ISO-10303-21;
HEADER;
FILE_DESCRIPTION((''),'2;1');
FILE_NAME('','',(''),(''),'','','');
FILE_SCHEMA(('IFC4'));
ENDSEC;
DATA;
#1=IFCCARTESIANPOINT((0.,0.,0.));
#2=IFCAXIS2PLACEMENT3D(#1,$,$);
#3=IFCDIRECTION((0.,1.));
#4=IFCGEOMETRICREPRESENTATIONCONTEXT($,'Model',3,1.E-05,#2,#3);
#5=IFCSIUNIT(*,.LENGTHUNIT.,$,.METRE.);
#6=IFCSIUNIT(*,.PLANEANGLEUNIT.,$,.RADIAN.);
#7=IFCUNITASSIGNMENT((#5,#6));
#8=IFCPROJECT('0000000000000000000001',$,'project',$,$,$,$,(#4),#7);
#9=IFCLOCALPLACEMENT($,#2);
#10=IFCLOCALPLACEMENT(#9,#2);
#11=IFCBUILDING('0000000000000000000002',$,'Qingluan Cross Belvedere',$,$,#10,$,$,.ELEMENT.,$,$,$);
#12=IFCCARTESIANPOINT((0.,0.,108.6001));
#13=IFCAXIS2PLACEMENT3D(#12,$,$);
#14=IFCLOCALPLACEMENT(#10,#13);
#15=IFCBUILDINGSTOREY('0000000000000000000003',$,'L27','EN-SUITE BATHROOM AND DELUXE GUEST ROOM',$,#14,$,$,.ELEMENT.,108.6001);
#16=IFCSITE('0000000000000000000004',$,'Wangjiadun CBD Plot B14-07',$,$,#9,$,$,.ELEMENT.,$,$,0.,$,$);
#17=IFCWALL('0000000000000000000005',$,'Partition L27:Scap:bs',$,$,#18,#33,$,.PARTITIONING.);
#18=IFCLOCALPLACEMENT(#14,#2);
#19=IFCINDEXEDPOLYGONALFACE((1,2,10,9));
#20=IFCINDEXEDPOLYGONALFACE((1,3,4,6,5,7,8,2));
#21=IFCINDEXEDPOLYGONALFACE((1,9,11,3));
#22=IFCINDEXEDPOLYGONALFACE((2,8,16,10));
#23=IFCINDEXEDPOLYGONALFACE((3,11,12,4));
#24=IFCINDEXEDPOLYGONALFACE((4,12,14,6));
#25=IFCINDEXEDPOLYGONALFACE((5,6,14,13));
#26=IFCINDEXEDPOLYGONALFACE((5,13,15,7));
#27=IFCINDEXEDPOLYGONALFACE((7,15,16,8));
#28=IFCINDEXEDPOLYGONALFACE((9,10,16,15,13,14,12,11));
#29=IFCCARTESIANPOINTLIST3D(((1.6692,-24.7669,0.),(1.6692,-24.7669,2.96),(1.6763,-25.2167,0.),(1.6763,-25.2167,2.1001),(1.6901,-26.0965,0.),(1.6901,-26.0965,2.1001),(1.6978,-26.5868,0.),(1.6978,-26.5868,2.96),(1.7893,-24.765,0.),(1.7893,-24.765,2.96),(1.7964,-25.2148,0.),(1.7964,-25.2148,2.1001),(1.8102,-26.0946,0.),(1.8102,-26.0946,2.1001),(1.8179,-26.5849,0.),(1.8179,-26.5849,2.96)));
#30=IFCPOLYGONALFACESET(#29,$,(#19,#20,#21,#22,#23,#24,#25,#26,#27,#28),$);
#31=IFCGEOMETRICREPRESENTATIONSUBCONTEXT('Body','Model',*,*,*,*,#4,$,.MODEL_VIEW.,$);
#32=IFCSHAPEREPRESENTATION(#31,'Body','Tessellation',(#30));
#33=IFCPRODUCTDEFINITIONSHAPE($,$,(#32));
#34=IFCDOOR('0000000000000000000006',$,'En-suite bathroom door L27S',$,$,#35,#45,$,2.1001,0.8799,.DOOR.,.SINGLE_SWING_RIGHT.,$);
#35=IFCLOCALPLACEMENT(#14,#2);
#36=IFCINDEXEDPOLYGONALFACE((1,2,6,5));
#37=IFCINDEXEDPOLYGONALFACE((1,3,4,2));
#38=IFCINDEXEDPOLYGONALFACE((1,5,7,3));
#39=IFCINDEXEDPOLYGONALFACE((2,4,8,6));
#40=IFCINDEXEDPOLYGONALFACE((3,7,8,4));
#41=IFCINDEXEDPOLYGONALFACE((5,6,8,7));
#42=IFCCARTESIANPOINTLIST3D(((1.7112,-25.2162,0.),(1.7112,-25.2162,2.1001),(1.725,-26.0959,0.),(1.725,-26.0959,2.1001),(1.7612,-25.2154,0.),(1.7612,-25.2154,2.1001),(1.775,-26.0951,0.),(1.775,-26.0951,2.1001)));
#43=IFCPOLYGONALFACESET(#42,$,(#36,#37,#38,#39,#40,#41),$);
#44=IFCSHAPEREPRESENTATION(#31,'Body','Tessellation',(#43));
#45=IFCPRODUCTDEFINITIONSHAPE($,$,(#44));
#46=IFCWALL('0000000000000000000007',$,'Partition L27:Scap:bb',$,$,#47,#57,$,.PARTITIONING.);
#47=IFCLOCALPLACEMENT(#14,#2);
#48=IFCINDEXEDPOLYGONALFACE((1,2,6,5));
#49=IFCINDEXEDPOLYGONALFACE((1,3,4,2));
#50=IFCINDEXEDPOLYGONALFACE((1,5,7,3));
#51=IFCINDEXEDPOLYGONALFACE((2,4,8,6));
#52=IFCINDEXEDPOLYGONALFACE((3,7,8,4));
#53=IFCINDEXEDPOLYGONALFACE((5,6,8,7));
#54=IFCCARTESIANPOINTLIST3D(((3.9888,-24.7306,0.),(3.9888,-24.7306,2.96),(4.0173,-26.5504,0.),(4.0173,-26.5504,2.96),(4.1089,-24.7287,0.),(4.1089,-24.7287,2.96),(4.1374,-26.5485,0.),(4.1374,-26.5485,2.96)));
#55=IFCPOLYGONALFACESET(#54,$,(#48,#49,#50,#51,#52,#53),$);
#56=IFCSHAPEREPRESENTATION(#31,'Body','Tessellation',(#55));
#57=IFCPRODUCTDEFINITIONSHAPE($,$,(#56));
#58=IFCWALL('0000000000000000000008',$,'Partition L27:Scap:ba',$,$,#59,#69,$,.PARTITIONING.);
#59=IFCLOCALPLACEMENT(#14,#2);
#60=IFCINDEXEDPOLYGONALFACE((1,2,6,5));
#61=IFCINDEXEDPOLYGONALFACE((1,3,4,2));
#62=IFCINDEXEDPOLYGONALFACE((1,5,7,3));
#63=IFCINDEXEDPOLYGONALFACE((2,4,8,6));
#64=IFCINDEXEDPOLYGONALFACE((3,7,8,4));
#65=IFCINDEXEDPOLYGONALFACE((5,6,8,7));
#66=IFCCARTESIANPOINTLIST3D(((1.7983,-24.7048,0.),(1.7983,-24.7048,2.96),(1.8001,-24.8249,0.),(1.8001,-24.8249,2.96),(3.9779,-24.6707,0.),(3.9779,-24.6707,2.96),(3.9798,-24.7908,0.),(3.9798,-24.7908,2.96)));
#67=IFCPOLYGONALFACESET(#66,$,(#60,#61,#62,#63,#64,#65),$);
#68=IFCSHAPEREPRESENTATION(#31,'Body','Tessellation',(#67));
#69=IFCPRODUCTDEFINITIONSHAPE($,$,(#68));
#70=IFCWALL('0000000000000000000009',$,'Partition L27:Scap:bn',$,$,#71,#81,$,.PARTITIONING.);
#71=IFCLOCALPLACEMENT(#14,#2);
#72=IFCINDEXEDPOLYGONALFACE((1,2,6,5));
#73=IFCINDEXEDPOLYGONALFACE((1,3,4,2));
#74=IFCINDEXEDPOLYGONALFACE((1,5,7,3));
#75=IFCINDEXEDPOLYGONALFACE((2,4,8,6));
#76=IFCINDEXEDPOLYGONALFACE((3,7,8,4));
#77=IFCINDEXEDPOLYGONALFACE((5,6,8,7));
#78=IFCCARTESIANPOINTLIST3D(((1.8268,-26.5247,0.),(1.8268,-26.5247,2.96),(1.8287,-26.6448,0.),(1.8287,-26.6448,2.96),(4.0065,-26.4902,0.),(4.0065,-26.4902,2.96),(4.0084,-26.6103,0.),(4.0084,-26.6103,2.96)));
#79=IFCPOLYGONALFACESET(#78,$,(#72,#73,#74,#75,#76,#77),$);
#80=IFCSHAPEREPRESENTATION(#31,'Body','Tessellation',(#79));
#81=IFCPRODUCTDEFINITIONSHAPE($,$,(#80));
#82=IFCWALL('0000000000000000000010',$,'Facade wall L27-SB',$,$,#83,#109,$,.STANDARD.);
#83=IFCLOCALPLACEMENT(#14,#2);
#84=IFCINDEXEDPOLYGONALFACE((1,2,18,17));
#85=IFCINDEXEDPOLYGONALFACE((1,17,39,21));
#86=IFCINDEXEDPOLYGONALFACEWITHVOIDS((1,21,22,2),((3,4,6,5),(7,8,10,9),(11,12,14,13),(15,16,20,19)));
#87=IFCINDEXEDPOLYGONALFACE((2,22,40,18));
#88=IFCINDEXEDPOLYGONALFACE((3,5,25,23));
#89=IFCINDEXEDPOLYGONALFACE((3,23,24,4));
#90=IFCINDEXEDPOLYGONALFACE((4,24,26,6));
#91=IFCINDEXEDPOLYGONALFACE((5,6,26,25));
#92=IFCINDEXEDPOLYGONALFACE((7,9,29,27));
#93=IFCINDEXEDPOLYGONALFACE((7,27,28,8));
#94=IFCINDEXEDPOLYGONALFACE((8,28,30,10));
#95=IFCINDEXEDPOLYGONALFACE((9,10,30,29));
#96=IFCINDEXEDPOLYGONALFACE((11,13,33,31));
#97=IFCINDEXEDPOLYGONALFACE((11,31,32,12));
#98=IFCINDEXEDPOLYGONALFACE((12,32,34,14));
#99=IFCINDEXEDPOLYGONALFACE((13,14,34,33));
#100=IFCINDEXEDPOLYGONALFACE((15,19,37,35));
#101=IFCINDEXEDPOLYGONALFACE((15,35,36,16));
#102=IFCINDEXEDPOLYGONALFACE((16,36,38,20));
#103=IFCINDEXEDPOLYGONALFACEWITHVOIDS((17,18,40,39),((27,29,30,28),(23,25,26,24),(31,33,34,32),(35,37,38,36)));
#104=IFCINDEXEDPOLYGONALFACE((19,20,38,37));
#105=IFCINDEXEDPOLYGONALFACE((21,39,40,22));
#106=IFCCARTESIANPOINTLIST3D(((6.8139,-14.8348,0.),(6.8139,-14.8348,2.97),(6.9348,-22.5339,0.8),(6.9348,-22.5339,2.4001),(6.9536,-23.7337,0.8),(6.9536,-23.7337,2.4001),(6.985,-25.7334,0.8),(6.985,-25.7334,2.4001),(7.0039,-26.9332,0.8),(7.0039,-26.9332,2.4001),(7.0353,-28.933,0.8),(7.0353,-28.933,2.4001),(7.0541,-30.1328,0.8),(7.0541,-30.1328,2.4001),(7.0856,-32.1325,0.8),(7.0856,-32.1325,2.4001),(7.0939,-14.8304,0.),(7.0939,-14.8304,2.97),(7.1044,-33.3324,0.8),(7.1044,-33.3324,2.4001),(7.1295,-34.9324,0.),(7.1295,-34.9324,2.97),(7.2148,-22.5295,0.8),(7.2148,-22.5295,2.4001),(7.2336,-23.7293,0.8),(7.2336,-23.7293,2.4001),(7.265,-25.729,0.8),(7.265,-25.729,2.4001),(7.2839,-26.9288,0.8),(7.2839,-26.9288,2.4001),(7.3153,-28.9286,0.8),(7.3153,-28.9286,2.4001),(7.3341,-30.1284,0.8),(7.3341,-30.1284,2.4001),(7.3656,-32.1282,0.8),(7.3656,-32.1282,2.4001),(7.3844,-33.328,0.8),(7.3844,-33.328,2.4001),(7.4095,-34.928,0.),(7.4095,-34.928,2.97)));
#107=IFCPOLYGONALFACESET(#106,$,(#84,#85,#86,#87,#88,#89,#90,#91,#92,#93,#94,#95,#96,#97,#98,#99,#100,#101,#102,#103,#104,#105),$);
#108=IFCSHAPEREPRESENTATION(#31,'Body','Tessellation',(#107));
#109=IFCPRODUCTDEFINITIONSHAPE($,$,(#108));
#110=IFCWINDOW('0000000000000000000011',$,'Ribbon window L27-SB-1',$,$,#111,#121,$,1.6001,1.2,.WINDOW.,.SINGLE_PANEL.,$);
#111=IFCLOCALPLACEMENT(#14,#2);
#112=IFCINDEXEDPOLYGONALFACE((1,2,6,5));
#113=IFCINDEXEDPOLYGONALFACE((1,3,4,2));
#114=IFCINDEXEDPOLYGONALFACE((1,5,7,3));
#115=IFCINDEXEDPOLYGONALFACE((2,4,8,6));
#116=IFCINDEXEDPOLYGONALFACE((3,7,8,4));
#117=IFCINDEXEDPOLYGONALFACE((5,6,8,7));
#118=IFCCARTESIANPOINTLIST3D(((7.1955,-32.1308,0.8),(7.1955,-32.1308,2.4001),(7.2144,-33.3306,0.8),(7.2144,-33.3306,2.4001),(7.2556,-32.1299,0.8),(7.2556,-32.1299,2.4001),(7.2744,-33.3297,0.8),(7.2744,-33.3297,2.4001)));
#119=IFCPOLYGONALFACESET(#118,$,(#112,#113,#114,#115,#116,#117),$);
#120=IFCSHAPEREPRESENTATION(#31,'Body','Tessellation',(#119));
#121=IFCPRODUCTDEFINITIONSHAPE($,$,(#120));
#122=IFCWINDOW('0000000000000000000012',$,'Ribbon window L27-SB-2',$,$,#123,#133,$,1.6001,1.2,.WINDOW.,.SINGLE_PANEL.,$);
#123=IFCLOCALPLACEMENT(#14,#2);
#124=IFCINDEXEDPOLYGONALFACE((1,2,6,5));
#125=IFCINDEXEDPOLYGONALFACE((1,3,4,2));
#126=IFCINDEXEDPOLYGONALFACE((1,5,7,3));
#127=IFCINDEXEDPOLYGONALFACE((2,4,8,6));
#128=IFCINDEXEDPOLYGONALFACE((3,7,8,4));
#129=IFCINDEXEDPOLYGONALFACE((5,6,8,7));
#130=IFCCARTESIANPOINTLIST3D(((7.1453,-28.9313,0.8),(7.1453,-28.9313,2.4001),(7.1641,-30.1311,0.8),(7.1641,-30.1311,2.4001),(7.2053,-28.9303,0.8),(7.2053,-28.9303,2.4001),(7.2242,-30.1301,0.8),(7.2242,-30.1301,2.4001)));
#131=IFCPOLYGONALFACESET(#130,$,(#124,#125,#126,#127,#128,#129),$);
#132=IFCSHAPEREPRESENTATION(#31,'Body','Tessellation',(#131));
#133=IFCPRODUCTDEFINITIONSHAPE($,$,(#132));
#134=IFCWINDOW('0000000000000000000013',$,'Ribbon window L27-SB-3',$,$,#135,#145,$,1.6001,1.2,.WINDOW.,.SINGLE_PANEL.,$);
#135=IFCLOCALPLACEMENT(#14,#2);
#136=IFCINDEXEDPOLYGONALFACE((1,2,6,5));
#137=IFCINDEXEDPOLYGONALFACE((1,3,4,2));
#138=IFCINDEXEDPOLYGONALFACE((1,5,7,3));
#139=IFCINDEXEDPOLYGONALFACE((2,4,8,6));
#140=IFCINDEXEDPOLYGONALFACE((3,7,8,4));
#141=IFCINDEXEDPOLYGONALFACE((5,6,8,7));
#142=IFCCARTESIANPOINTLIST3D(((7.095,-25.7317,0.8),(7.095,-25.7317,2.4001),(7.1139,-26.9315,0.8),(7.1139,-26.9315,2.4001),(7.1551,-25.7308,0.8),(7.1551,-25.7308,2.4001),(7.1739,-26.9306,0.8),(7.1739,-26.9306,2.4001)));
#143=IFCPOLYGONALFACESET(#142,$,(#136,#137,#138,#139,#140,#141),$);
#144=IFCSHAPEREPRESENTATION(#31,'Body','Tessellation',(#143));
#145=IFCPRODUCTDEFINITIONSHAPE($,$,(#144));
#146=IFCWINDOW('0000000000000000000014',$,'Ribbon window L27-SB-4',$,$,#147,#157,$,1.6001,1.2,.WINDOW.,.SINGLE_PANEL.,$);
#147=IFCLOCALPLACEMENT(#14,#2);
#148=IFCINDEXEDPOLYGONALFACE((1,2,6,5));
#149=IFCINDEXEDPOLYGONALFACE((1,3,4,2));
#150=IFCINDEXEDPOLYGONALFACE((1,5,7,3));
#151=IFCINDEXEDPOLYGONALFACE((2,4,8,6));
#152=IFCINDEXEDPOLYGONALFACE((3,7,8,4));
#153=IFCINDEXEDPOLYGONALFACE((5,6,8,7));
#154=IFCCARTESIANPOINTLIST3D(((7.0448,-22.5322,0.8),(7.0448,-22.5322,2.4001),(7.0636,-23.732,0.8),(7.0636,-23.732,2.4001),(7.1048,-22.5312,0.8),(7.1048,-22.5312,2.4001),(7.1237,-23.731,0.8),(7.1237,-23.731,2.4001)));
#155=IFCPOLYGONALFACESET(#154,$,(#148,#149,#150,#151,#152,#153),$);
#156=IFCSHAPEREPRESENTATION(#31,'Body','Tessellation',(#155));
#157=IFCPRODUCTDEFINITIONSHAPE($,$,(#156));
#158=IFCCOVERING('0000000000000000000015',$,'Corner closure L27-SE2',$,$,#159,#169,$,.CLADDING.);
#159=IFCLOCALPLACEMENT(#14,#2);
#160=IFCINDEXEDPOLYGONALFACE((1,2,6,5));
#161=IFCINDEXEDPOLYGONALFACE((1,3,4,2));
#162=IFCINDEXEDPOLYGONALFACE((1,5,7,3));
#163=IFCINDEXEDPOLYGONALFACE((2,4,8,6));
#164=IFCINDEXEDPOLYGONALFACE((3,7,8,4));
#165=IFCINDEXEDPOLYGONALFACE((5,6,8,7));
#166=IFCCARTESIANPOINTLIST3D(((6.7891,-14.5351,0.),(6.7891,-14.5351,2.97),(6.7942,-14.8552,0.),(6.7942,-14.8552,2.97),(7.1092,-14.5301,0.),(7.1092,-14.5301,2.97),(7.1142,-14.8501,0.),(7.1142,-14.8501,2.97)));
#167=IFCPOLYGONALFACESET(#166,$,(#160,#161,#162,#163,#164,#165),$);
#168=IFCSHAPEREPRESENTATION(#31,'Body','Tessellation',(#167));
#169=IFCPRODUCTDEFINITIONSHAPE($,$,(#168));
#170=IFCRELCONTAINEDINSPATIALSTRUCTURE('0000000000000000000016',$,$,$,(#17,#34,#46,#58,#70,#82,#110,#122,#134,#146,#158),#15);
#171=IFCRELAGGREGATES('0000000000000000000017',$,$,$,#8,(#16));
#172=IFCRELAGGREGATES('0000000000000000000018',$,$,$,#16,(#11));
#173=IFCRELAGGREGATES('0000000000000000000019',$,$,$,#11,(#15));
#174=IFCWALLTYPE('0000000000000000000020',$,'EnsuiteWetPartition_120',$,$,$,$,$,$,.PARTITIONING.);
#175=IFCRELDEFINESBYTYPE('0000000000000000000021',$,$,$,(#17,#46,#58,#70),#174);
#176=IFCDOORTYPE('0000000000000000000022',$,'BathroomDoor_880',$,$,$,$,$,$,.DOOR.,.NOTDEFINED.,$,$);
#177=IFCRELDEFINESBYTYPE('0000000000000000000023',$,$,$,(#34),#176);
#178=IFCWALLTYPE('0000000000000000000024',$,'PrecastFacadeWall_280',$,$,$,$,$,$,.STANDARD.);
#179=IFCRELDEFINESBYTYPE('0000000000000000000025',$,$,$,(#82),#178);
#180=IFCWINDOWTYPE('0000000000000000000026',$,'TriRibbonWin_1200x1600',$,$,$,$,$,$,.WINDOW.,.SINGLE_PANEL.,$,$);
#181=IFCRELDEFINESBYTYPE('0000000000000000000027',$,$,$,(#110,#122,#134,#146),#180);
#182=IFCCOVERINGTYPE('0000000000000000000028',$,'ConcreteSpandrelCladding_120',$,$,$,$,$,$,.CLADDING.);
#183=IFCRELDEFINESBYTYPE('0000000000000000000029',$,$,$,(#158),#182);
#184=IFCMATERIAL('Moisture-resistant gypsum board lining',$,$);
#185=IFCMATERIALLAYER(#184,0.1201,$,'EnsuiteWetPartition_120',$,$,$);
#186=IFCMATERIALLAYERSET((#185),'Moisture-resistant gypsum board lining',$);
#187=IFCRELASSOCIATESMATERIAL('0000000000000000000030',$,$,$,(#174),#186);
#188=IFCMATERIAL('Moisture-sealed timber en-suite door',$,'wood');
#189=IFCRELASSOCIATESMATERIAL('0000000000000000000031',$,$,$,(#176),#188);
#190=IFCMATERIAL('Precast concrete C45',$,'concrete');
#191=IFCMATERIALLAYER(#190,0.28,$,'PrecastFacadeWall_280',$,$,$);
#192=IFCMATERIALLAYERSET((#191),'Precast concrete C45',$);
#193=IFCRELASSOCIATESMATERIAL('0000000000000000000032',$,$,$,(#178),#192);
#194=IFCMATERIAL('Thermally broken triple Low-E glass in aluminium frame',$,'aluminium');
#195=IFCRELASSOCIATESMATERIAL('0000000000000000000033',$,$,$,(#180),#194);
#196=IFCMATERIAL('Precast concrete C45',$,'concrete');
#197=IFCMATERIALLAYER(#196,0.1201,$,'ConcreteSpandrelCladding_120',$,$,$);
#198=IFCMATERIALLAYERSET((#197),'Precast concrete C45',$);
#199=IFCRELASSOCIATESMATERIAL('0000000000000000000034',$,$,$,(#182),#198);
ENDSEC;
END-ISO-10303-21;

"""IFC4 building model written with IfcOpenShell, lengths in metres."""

from ifc_helpers import new_model, si_unit, direction, frame, frame_2d, origin, origin_2d, place, context, subcontext, project, spatial, rectangle, extrude, material, layer, layer_set, type_object, element, fill, save


model = new_model("IFC4")

# Units and contexts
model_context = context("Model", 3, precision=1e-05, world=origin(), true_north=direction((0.0, 1.0)))
body_context = subcontext(model_context, "Body", "Model", "MODEL_VIEW")
ifc_project = project(units=[si_unit("LENGTHUNIT", "METRE"), si_unit("PLANEANGLEUNIT", "RADIAN")], contexts=[model_context])

# Site, building, storey
site_placement = place(None, origin())
site = spatial("IfcSite", under=ifc_project, at=site_placement, Name="Wangjiadun CBD Plot B14-07", CompositionType="ELEMENT", RefElevation=0.0)
building_placement = place(site_placement, origin())
building = spatial("IfcBuilding", under=site, at=building_placement, Name="Qingluan Cross Belvedere", CompositionType="ELEMENT")
storey_placement = place(building_placement, frame((0.0, 0.0, 108.6001)))
storey = spatial("IfcBuildingStorey", under=building, at=storey_placement, Name="L27", Description="EN-SUITE BATHROOM AND DELUXE GUEST ROOM", CompositionType="ELEMENT", Elevation=108.6001)

# Shared definitions
ifc_material_1 = material(Name="Moisture-resistant gypsum board lining")
ifc_layer_1 = layer(ifc_material_1, 0.1201, Name="EnsuiteWetPartition_120")
ifc_layer_set_1 = layer_set([ifc_layer_1], Name="Moisture-resistant gypsum board lining")
wall_type_1 = type_object("IfcWallType", Name="EnsuiteWetPartition_120", PredefinedType="PARTITIONING", material=ifc_layer_set_1)
ifc_material_2 = material(Name="Moisture-sealed timber en-suite door", Category="wood")
door_type_1 = type_object("IfcDoorType", Name="BathroomDoor_880", OperationType="NOTDEFINED", PredefinedType="DOOR", material=ifc_material_2)

# Wall, opening, door
wall_1_placement = place(storey_placement, frame((1.7292, -24.7659, 0.0), z_axis=(0.0, 0.0, 1.0), x_axis=(0.015694, -0.999877, 0.0)))
wall_1 = element("IfcWall", 1, at=wall_1_placement, inside=storey, type_object=wall_type_1, Name="Partition L27:Scap:bs", PredefinedType="PARTITIONING", context=body_context, shape_type="SweptSolid", body=[
    extrude(rectangle(XDim=1.8201, YDim=0.1201, at=frame_2d((0.9102, 0.0))), origin(), (0.0, 0.0, 1.0), 2.96),
])
opening_1_placement = place(wall_1_placement, frame((0.45, 0.0, 0.0)))
opening_1 = element("IfcOpeningElement", 2, at=opening_1_placement, cuts=wall_1, PredefinedType="OPENING", context=body_context, shape_type="SweptSolid", body=[
    extrude(rectangle(XDim=0.8799, YDim=2.1001, at=frame_2d((0.4399, 1.05))), frame((0.0, 0.0701, 0.0), z_axis=(0.0, -1.0, 0.0), x_axis=(1.0, 0.0, 0.0)), (0.0, 0.0, 1.0), 0.1401),
])
door_1_placement = place(opening_1_placement, origin())
door_1 = element("IfcDoor", 3, at=door_1_placement, inside=storey, type_object=door_type_1, Name="En-suite bathroom door L27S", OperationType="SINGLE_SWING_RIGHT", OverallHeight=2.1001, OverallWidth=0.8799, PredefinedType="DOOR", context=body_context, shape_type="SweptSolid", body=[
    extrude(rectangle(XDim=0.8799, YDim=2.1001, at=frame_2d((0.4399, 1.05))), frame((0.0, 0.0249, 0.0), z_axis=(0.0, -1.0, 0.0), x_axis=(1.0, 0.0, 0.0)), (0.0, 0.0, 1.0), 0.05),
])
fill(opening_1, door_1)

# Walls
wall_2_placement = place(storey_placement, frame((4.0488, -24.7295, 0.0), z_axis=(0.0, 0.0, 1.0), x_axis=(0.015694, -0.999877, 0.0)))
element("IfcWall", 4, at=wall_2_placement, inside=storey, type_object=wall_type_1, Name="Partition L27:Scap:bb", PredefinedType="PARTITIONING", context=body_context, shape_type="SweptSolid", body=[
    extrude(rectangle(XDim=1.8201, YDim=0.1201, at=frame_2d((0.9102, 0.0))), origin(), (0.0, 0.0, 1.0), 2.96),
])
for number, where, z_axis, x_axis, name in (
    (5, (1.7993, -24.7649, 0.0), (0.0, 0.0, 1.0), (0.999877, 0.015679, 0.0), "Partition L27:Scap:ba"),
    (6, (1.8279, -26.5847, 0.0), (0.0, 0.0, 1.0), (0.999875, 0.015791, 0.0), "Partition L27:Scap:bn"),
):
    element("IfcWall", number, at=place(storey_placement, frame(where, z_axis=z_axis, x_axis=x_axis)), inside=storey, type_object=wall_type_1, Name=name, PredefinedType="PARTITIONING", context=body_context, shape_type="SweptSolid", body=[
        extrude(rectangle(XDim=2.1799, YDim=0.1201, at=frame_2d((1.0898, 0.0))), origin(), (0.0, 0.0, 1.0), 2.96),
    ])

# Wall, openings, windows
ifc_material_3 = material(Name="Precast concrete C45", Category="concrete")
ifc_layer_2 = layer(ifc_material_3, 0.28, Name="PrecastFacadeWall_280")
ifc_layer_set_2 = layer_set([ifc_layer_2], Name="Precast concrete C45")
wall_type_2 = type_object("IfcWallType", Name="PrecastFacadeWall_280", PredefinedType="STANDARD", material=ifc_layer_set_2)
wall_3_placement = place(storey_placement, frame((7.2695, -34.9302, 0.0), z_axis=(0.0, 0.0, 1.0), x_axis=(-0.015705, 0.999877, 0.0)))
wall_3 = element("IfcWall", 7, at=wall_3_placement, inside=storey, type_object=wall_type_2, Name="Facade wall L27-SB", PredefinedType="STANDARD", context=body_context, shape_type="SweptSolid", body=[
    extrude(rectangle(XDim=20.1001, YDim=0.28, at=frame_2d((10.05, 0.0))), origin(), (0.0, 0.0, 1.0), 2.97),
])
opening_2_placement = place(wall_3_placement, frame((1.6001, 0.0, 0.8)))
opening_2 = element("IfcOpeningElement", 8, at=opening_2_placement, cuts=wall_3, PredefinedType="OPENING", context=body_context, shape_type="SweptSolid", body=[
    extrude(rectangle(XDim=1.2, YDim=1.6001, at=frame_2d((0.6001, 0.8))), frame((0.0, 0.1499, 0.0), z_axis=(0.0, -1.0, 0.0), x_axis=(1.0, 0.0, 0.0)), (0.0, 0.0, 1.0), 0.3),
])
opening_3_placement = place(wall_3_placement, frame((4.8, 0.0, 0.8)))
opening_3 = element("IfcOpeningElement", 9, at=opening_3_placement, cuts=wall_3, PredefinedType="OPENING", context=body_context, shape_type="SweptSolid", body=[
    extrude(rectangle(XDim=1.2, YDim=1.6001, at=frame_2d((0.6001, 0.8))), frame((0.0, 0.1499, 0.0), z_axis=(0.0, -1.0, 0.0), x_axis=(1.0, 0.0, 0.0)), (0.0, 0.0, 1.0), 0.3),
])
opening_4_placement = place(wall_3_placement, frame((8.0, 0.0, 0.8)))
opening_4 = element("IfcOpeningElement", 10, at=opening_4_placement, cuts=wall_3, PredefinedType="OPENING", context=body_context, shape_type="SweptSolid", body=[
    extrude(rectangle(XDim=1.2, YDim=1.6001, at=frame_2d((0.6001, 0.8))), frame((0.0, 0.1499, 0.0), z_axis=(0.0, -1.0, 0.0), x_axis=(1.0, 0.0, 0.0)), (0.0, 0.0, 1.0), 0.3),
])
opening_5_placement = place(wall_3_placement, frame((11.2, 0.0, 0.8)))
opening_5 = element("IfcOpeningElement", 11, at=opening_5_placement, cuts=wall_3, PredefinedType="OPENING", context=body_context, shape_type="SweptSolid", body=[
    extrude(rectangle(XDim=1.2, YDim=1.6001, at=frame_2d((0.6001, 0.8))), frame((0.0, 0.1499, 0.0), z_axis=(0.0, -1.0, 0.0), x_axis=(1.0, 0.0, 0.0)), (0.0, 0.0, 1.0), 0.3),
])
ifc_material_4 = material(Name="Thermally broken triple Low-E glass in aluminium frame", Category="aluminium")
window_type = type_object("IfcWindowType", Name="TriRibbonWin_1200x1600", PartitioningType="SINGLE_PANEL", PredefinedType="WINDOW", material=ifc_material_4)
window_1_placement = place(opening_2_placement, origin())
window_1 = element("IfcWindow", 12, at=window_1_placement, inside=storey, type_object=window_type, Name="Ribbon window L27-SB-1", OverallHeight=1.6001, OverallWidth=1.2, PartitioningType="SINGLE_PANEL", PredefinedType="WINDOW", context=body_context, shape_type="SweptSolid", body=[
    extrude(rectangle(XDim=1.2, YDim=1.6001, at=frame_2d((0.6001, 0.8))), frame((0.0, 0.03, 0.0), z_axis=(0.0, -1.0, 0.0), x_axis=(1.0, 0.0, 0.0)), (0.0, 0.0, 1.0), 0.0601),
])
fill(opening_2, window_1)
window_2_placement = place(opening_3_placement, origin())
window_2 = element("IfcWindow", 13, at=window_2_placement, inside=storey, type_object=window_type, Name="Ribbon window L27-SB-2", OverallHeight=1.6001, OverallWidth=1.2, PartitioningType="SINGLE_PANEL", PredefinedType="WINDOW", context=body_context, shape_type="SweptSolid", body=[
    extrude(rectangle(XDim=1.2, YDim=1.6001, at=frame_2d((0.6001, 0.8))), frame((0.0, 0.03, 0.0), z_axis=(0.0, -1.0, 0.0), x_axis=(1.0, 0.0, 0.0)), (0.0, 0.0, 1.0), 0.0601),
])
fill(opening_3, window_2)
window_3_placement = place(opening_4_placement, origin())
window_3 = element("IfcWindow", 14, at=window_3_placement, inside=storey, type_object=window_type, Name="Ribbon window L27-SB-3", OverallHeight=1.6001, OverallWidth=1.2, PartitioningType="SINGLE_PANEL", PredefinedType="WINDOW", context=body_context, shape_type="SweptSolid", body=[
    extrude(rectangle(XDim=1.2, YDim=1.6001, at=frame_2d((0.6001, 0.8))), frame((0.0, 0.03, 0.0), z_axis=(0.0, -1.0, 0.0), x_axis=(1.0, 0.0, 0.0)), (0.0, 0.0, 1.0), 0.0601),
])
fill(opening_4, window_3)
window_4_placement = place(opening_5_placement, origin())
window_4 = element("IfcWindow", 15, at=window_4_placement, inside=storey, type_object=window_type, Name="Ribbon window L27-SB-4", OverallHeight=1.6001, OverallWidth=1.2, PartitioningType="SINGLE_PANEL", PredefinedType="WINDOW", context=body_context, shape_type="SweptSolid", body=[
    extrude(rectangle(XDim=1.2, YDim=1.6001, at=frame_2d((0.6001, 0.8))), frame((0.0, 0.03, 0.0), z_axis=(0.0, -1.0, 0.0), x_axis=(1.0, 0.0, 0.0)), (0.0, 0.0, 1.0), 0.0601),
])
fill(opening_5, window_4)

# Covering
ifc_material_5 = material(Name="Precast concrete C45", Category="concrete")
ifc_layer_3 = layer(ifc_material_5, 0.1201, Name="ConcreteSpandrelCladding_120")
ifc_layer_set_3 = layer_set([ifc_layer_3], Name="Precast concrete C45")
covering_type = type_object("IfcCoveringType", Name="ConcreteSpandrelCladding_120", PredefinedType="CLADDING", material=ifc_layer_set_3)
covering_placement = place(storey_placement, frame((6.9517, -14.6926, 0.0), z_axis=(0.0, 0.0, 1.0), x_axis=(0.999877, 0.015707, 0.0)))
element("IfcCovering", 16, at=covering_placement, inside=storey, type_object=covering_type, Name="Corner closure L27-SE2", PredefinedType="CLADDING", context=body_context, shape_type="SweptSolid", body=[
    extrude(rectangle(XDim=0.3201, YDim=0.3201, at=origin_2d()), origin(), (0.0, 0.0, 1.0), 2.97),
])

save(model, "model.ifc")
